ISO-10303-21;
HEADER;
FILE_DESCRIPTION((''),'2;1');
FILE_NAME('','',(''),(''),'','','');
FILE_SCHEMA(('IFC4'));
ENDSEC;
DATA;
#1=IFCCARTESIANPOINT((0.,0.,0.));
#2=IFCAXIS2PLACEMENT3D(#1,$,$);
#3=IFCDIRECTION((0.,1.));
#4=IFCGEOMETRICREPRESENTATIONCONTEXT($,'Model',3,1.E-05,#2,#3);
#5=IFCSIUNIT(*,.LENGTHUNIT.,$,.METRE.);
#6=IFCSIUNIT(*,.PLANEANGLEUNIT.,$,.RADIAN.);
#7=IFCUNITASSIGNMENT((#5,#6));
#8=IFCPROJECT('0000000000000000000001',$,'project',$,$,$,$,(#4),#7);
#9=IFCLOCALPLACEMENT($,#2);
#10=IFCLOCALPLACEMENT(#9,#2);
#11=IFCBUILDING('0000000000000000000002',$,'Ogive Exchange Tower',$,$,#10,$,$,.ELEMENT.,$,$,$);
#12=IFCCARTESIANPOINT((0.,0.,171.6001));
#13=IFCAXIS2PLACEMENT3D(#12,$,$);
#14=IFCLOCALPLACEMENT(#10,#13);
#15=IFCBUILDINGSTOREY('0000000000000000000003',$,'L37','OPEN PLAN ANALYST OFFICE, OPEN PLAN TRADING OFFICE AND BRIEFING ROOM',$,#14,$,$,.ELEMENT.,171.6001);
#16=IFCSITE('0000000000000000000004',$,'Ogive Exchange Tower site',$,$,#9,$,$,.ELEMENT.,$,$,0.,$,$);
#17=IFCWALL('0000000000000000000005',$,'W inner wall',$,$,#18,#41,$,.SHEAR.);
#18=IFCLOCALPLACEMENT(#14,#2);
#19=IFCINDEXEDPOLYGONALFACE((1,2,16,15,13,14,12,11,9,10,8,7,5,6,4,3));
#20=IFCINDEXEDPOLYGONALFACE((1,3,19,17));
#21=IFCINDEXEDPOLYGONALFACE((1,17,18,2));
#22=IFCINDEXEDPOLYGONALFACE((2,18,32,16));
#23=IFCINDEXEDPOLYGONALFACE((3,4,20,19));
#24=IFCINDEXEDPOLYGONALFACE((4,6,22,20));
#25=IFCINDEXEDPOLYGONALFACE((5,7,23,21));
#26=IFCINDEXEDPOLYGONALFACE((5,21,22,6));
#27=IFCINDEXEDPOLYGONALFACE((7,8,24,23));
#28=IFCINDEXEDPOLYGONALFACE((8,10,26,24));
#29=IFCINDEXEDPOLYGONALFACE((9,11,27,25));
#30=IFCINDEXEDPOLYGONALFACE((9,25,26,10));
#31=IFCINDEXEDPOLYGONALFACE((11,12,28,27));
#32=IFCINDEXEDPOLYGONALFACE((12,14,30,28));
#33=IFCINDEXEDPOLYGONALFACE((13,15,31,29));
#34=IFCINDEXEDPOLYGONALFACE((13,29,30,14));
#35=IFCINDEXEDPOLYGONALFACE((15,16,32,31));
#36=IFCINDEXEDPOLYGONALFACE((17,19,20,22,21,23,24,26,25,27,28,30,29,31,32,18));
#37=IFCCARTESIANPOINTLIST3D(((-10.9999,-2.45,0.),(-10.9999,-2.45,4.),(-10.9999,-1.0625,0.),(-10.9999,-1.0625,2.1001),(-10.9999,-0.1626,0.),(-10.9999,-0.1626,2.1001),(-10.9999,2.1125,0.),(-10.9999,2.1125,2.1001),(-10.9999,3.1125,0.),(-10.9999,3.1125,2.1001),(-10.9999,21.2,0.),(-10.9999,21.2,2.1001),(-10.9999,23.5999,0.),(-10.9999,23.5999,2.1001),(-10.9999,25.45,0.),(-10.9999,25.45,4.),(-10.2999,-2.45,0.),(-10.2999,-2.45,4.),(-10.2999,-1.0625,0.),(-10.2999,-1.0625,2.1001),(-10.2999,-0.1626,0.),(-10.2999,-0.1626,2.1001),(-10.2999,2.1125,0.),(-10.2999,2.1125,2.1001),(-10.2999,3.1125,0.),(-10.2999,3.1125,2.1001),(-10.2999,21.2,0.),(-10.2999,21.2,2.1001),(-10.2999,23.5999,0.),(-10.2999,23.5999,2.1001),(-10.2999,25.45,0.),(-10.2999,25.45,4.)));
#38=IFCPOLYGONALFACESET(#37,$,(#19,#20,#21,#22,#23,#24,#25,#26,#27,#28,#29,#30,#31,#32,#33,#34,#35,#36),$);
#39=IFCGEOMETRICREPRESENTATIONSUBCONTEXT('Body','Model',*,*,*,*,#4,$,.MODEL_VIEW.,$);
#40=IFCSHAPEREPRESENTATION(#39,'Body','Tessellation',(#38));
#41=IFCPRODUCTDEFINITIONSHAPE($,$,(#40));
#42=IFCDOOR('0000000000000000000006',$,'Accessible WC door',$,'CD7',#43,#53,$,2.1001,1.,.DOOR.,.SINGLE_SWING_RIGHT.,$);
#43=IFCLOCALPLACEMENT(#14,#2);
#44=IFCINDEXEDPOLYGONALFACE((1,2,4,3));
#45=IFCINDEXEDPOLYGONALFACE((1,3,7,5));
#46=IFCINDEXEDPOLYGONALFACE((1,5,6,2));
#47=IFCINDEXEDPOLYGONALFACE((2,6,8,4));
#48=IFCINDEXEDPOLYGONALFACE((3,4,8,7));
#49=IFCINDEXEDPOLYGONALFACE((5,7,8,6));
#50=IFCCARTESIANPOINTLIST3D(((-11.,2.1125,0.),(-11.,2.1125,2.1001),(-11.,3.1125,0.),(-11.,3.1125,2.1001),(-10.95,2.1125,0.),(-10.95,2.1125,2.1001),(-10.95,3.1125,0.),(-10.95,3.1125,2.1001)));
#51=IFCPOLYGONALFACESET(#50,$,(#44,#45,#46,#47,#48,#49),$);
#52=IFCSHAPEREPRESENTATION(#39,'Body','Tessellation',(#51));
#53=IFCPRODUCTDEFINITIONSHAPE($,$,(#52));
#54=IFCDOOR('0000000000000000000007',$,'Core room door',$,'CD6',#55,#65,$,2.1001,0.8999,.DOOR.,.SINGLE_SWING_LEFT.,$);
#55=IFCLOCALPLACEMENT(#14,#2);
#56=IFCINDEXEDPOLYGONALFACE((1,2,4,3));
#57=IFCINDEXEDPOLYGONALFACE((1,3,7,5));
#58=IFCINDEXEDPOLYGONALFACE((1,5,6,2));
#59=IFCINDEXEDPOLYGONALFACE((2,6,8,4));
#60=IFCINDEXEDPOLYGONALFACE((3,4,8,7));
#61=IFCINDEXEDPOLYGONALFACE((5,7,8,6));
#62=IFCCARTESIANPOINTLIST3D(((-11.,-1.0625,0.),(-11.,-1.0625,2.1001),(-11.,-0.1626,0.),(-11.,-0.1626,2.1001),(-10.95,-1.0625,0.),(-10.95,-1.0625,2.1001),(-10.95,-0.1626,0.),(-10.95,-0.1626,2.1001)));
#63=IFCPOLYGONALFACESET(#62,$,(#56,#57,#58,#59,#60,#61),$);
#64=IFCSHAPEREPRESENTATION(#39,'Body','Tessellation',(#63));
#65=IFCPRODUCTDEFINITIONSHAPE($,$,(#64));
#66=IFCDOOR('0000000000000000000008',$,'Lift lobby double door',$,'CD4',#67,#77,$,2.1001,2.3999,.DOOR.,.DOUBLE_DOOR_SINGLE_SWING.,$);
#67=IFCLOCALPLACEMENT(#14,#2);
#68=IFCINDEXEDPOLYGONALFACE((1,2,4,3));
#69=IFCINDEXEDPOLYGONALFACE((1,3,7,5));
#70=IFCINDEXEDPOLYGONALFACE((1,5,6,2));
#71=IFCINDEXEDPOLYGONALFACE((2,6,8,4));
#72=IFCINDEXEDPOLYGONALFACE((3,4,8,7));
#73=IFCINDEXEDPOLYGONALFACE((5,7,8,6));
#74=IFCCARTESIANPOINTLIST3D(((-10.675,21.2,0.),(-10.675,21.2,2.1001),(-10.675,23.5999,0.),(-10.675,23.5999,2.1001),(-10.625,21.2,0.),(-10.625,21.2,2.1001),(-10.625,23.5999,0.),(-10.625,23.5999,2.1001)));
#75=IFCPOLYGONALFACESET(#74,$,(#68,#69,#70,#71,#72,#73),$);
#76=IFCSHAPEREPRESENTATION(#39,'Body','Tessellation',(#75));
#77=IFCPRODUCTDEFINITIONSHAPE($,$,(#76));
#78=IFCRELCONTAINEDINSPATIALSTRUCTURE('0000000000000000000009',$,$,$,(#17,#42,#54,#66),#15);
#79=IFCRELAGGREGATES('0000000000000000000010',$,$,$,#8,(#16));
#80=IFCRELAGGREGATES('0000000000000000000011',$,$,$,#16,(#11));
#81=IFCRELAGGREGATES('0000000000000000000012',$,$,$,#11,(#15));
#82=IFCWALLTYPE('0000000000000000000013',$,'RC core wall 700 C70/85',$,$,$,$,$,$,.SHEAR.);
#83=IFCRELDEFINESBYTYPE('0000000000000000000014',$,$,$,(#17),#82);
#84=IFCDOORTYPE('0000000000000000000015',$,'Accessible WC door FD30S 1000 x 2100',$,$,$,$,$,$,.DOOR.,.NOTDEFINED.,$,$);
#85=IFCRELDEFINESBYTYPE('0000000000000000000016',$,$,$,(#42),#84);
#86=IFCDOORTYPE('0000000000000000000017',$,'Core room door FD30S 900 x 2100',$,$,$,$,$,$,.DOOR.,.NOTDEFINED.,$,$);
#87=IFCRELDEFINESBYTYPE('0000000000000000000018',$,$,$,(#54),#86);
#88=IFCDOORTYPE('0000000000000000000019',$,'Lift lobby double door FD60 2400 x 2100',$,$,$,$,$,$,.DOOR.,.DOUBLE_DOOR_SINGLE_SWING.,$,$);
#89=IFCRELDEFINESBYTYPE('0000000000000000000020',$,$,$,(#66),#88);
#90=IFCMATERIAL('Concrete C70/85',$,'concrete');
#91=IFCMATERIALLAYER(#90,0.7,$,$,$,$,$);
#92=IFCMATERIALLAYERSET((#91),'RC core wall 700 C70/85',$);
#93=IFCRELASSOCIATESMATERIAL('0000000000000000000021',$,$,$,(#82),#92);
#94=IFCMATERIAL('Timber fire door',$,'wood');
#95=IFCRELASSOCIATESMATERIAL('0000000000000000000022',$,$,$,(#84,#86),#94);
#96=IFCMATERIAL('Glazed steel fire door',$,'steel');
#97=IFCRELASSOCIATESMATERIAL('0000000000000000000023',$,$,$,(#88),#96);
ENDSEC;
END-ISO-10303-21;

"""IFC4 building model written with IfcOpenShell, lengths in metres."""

from ifc_helpers import new_model, si_unit, direction, frame, frame_2d, origin, place, context, subcontext, project, spatial, rectangle, extrude, material, layer, layer_set, type_object, element, fill, save


model = new_model("IFC4")

# Units and contexts
model_context = context("Model", 3, precision=1e-05, world=origin(), true_north=direction((0.0, 1.0)))
body_context = subcontext(model_context, "Body", "Model", "MODEL_VIEW")
ifc_project = project(units=[si_unit("LENGTHUNIT", "METRE"), si_unit("PLANEANGLEUNIT", "RADIAN")], contexts=[model_context])

# Site, building, storey
site_placement = place(None, origin())
site = spatial("IfcSite", under=ifc_project, at=site_placement, Name="Ogive Exchange Tower site", CompositionType="ELEMENT", RefElevation=0.0)
building_placement = place(site_placement, origin())
building = spatial("IfcBuilding", under=site, at=building_placement, Name="Ogive Exchange Tower", CompositionType="ELEMENT")
storey_placement = place(building_placement, frame((0.0, 0.0, 171.6001)))
storey = spatial("IfcBuildingStorey", under=building, at=storey_placement, Name="L37", Description="OPEN PLAN ANALYST OFFICE, OPEN PLAN TRADING OFFICE AND BRIEFING ROOM", CompositionType="ELEMENT", Elevation=171.6001)

# Shared definitions
ifc_material_1 = material(Name="Concrete C70/85", Category="concrete")

# Wall, openings, doors
ifc_layer_1 = layer(ifc_material_1, 0.7)
ifc_layer_set_1 = layer_set([ifc_layer_1], Name="RC core wall 700 C70/85")
wall_type_1 = type_object("IfcWallType", Name="RC core wall 700 C70/85", PredefinedType="SHEAR", material=ifc_layer_set_1)
wall_1_placement = place(storey_placement, frame((-10.6499, -2.45, 0.0), z_axis=(0.0, 0.0, 1.0), x_axis=(0.0, 1.0, 0.0)))
wall_1 = element("IfcWall", 1, at=wall_1_placement, inside=storey, type_object=wall_type_1, Name="W inner wall", PredefinedType="SHEAR", context=body_context, shape_type="SweptSolid", body=[
    extrude(rectangle(XDim=27.8999, YDim=0.7, at=frame_2d((13.95, 0.0))), origin(), (0.0, 0.0, 1.0), 4.0),
])
opening_1_placement = place(wall_1_placement, frame((23.6499, 0.0, 0.0)))
opening_1 = element("IfcOpeningElement", 2, at=opening_1_placement, cuts=wall_1, PredefinedType="OPENING", context=body_context, shape_type="SweptSolid", body=[
    extrude(rectangle(XDim=2.3999, YDim=2.1001, at=frame_2d((1.2, 1.05))), frame((0.0, 0.3599, 0.0), z_axis=(0.0, -1.0, 0.0), x_axis=(1.0, 0.0, 0.0)), (0.0, 0.0, 1.0), 0.72),
])
opening_2_placement = place(wall_1_placement, frame((1.3875, 0.0, 0.0)))
opening_2 = element("IfcOpeningElement", 3, at=opening_2_placement, cuts=wall_1, PredefinedType="OPENING", context=body_context, shape_type="SweptSolid", body=[
    extrude(rectangle(XDim=0.8999, YDim=2.1001, at=frame_2d((0.45, 1.05))), frame((0.0, 0.3599, 0.0), z_axis=(0.0, -1.0, 0.0), x_axis=(1.0, 0.0, 0.0)), (0.0, 0.0, 1.0), 0.72),
])
opening_3_placement = place(wall_1_placement, frame((4.5625, 0.0, 0.0)))
opening_3 = element("IfcOpeningElement", 4, at=opening_3_placement, cuts=wall_1, PredefinedType="OPENING", context=body_context, shape_type="SweptSolid", body=[
    extrude(rectangle(XDim=1.0, YDim=2.1001, at=frame_2d((0.5, 1.05))), frame((0.0, 0.3599, 0.0), z_axis=(0.0, -1.0, 0.0), x_axis=(1.0, 0.0, 0.0)), (0.0, 0.0, 1.0), 0.72),
])
ifc_material_2 = material(Name="Timber fire door", Category="wood")
door_type_1 = type_object("IfcDoorType", Name="Accessible WC door FD30S 1000 x 2100", OperationType="NOTDEFINED", PredefinedType="DOOR", material=ifc_material_2)
door_1_placement = place(opening_3_placement, origin())
door_1 = element("IfcDoor", 5, at=door_1_placement, inside=storey, type_object=door_type_1, Name="Accessible WC door", ObjectType="CD7", OperationType="SINGLE_SWING_RIGHT", OverallHeight=2.1001, OverallWidth=1.0, PredefinedType="DOOR", context=body_context, shape_type="SweptSolid", body=[
    extrude(rectangle(XDim=1.0, YDim=2.1001, at=frame_2d((0.5, 1.05))), frame((0.0, 0.3501, 0.0), z_axis=(0.0, -1.0, 0.0), x_axis=(1.0, 0.0, 0.0)), (0.0, 0.0, 1.0), 0.05),
])
fill(opening_3, door_1)
door_type_2 = type_object("IfcDoorType", Name="Core room door FD30S 900 x 2100", OperationType="NOTDEFINED", PredefinedType="DOOR", material=ifc_material_2)
door_2_placement = place(opening_2_placement, origin())
door_2 = element("IfcDoor", 6, at=door_2_placement, inside=storey, type_object=door_type_2, Name="Core room door", ObjectType="CD6", OperationType="SINGLE_SWING_LEFT", OverallHeight=2.1001, OverallWidth=0.8999, PredefinedType="DOOR", context=body_context, shape_type="SweptSolid", body=[
    extrude(rectangle(XDim=0.8999, YDim=2.1001, at=frame_2d((0.45, 1.05))), frame((0.0, 0.3501, 0.0), z_axis=(0.0, -1.0, 0.0), x_axis=(1.0, 0.0, 0.0)), (0.0, 0.0, 1.0), 0.05),
])
fill(opening_2, door_2)
ifc_material_3 = material(Name="Glazed steel fire door", Category="steel")
door_type_3 = type_object("IfcDoorType", Name="Lift lobby double door FD60 2400 x 2100", OperationType="DOUBLE_DOOR_SINGLE_SWING", PredefinedType="DOOR", material=ifc_material_3)
door_3_placement = place(opening_1_placement, frame((2.3999, 0.0, 0.0), z_axis=(0.0, 0.0, 1.0), x_axis=(-1.0, 0.0, 0.0)))
door_3 = element("IfcDoor", 7, at=door_3_placement, inside=storey, type_object=door_type_3, Name="Lift lobby double door", ObjectType="CD4", OperationType="DOUBLE_DOOR_SINGLE_SWING", OverallHeight=2.1001, OverallWidth=2.3999, PredefinedType="DOOR", context=body_context, shape_type="SweptSolid", body=[
    extrude(rectangle(XDim=2.3999, YDim=2.1001, at=frame_2d((1.2, 1.05))), frame((0.0, 0.0249, 0.0), z_axis=(0.0, -1.0, 0.0), x_axis=(1.0, 0.0, 0.0)), (0.0, 0.0, 1.0), 0.05),
])
fill(opening_1, door_3)

save(model, "model.ifc")
